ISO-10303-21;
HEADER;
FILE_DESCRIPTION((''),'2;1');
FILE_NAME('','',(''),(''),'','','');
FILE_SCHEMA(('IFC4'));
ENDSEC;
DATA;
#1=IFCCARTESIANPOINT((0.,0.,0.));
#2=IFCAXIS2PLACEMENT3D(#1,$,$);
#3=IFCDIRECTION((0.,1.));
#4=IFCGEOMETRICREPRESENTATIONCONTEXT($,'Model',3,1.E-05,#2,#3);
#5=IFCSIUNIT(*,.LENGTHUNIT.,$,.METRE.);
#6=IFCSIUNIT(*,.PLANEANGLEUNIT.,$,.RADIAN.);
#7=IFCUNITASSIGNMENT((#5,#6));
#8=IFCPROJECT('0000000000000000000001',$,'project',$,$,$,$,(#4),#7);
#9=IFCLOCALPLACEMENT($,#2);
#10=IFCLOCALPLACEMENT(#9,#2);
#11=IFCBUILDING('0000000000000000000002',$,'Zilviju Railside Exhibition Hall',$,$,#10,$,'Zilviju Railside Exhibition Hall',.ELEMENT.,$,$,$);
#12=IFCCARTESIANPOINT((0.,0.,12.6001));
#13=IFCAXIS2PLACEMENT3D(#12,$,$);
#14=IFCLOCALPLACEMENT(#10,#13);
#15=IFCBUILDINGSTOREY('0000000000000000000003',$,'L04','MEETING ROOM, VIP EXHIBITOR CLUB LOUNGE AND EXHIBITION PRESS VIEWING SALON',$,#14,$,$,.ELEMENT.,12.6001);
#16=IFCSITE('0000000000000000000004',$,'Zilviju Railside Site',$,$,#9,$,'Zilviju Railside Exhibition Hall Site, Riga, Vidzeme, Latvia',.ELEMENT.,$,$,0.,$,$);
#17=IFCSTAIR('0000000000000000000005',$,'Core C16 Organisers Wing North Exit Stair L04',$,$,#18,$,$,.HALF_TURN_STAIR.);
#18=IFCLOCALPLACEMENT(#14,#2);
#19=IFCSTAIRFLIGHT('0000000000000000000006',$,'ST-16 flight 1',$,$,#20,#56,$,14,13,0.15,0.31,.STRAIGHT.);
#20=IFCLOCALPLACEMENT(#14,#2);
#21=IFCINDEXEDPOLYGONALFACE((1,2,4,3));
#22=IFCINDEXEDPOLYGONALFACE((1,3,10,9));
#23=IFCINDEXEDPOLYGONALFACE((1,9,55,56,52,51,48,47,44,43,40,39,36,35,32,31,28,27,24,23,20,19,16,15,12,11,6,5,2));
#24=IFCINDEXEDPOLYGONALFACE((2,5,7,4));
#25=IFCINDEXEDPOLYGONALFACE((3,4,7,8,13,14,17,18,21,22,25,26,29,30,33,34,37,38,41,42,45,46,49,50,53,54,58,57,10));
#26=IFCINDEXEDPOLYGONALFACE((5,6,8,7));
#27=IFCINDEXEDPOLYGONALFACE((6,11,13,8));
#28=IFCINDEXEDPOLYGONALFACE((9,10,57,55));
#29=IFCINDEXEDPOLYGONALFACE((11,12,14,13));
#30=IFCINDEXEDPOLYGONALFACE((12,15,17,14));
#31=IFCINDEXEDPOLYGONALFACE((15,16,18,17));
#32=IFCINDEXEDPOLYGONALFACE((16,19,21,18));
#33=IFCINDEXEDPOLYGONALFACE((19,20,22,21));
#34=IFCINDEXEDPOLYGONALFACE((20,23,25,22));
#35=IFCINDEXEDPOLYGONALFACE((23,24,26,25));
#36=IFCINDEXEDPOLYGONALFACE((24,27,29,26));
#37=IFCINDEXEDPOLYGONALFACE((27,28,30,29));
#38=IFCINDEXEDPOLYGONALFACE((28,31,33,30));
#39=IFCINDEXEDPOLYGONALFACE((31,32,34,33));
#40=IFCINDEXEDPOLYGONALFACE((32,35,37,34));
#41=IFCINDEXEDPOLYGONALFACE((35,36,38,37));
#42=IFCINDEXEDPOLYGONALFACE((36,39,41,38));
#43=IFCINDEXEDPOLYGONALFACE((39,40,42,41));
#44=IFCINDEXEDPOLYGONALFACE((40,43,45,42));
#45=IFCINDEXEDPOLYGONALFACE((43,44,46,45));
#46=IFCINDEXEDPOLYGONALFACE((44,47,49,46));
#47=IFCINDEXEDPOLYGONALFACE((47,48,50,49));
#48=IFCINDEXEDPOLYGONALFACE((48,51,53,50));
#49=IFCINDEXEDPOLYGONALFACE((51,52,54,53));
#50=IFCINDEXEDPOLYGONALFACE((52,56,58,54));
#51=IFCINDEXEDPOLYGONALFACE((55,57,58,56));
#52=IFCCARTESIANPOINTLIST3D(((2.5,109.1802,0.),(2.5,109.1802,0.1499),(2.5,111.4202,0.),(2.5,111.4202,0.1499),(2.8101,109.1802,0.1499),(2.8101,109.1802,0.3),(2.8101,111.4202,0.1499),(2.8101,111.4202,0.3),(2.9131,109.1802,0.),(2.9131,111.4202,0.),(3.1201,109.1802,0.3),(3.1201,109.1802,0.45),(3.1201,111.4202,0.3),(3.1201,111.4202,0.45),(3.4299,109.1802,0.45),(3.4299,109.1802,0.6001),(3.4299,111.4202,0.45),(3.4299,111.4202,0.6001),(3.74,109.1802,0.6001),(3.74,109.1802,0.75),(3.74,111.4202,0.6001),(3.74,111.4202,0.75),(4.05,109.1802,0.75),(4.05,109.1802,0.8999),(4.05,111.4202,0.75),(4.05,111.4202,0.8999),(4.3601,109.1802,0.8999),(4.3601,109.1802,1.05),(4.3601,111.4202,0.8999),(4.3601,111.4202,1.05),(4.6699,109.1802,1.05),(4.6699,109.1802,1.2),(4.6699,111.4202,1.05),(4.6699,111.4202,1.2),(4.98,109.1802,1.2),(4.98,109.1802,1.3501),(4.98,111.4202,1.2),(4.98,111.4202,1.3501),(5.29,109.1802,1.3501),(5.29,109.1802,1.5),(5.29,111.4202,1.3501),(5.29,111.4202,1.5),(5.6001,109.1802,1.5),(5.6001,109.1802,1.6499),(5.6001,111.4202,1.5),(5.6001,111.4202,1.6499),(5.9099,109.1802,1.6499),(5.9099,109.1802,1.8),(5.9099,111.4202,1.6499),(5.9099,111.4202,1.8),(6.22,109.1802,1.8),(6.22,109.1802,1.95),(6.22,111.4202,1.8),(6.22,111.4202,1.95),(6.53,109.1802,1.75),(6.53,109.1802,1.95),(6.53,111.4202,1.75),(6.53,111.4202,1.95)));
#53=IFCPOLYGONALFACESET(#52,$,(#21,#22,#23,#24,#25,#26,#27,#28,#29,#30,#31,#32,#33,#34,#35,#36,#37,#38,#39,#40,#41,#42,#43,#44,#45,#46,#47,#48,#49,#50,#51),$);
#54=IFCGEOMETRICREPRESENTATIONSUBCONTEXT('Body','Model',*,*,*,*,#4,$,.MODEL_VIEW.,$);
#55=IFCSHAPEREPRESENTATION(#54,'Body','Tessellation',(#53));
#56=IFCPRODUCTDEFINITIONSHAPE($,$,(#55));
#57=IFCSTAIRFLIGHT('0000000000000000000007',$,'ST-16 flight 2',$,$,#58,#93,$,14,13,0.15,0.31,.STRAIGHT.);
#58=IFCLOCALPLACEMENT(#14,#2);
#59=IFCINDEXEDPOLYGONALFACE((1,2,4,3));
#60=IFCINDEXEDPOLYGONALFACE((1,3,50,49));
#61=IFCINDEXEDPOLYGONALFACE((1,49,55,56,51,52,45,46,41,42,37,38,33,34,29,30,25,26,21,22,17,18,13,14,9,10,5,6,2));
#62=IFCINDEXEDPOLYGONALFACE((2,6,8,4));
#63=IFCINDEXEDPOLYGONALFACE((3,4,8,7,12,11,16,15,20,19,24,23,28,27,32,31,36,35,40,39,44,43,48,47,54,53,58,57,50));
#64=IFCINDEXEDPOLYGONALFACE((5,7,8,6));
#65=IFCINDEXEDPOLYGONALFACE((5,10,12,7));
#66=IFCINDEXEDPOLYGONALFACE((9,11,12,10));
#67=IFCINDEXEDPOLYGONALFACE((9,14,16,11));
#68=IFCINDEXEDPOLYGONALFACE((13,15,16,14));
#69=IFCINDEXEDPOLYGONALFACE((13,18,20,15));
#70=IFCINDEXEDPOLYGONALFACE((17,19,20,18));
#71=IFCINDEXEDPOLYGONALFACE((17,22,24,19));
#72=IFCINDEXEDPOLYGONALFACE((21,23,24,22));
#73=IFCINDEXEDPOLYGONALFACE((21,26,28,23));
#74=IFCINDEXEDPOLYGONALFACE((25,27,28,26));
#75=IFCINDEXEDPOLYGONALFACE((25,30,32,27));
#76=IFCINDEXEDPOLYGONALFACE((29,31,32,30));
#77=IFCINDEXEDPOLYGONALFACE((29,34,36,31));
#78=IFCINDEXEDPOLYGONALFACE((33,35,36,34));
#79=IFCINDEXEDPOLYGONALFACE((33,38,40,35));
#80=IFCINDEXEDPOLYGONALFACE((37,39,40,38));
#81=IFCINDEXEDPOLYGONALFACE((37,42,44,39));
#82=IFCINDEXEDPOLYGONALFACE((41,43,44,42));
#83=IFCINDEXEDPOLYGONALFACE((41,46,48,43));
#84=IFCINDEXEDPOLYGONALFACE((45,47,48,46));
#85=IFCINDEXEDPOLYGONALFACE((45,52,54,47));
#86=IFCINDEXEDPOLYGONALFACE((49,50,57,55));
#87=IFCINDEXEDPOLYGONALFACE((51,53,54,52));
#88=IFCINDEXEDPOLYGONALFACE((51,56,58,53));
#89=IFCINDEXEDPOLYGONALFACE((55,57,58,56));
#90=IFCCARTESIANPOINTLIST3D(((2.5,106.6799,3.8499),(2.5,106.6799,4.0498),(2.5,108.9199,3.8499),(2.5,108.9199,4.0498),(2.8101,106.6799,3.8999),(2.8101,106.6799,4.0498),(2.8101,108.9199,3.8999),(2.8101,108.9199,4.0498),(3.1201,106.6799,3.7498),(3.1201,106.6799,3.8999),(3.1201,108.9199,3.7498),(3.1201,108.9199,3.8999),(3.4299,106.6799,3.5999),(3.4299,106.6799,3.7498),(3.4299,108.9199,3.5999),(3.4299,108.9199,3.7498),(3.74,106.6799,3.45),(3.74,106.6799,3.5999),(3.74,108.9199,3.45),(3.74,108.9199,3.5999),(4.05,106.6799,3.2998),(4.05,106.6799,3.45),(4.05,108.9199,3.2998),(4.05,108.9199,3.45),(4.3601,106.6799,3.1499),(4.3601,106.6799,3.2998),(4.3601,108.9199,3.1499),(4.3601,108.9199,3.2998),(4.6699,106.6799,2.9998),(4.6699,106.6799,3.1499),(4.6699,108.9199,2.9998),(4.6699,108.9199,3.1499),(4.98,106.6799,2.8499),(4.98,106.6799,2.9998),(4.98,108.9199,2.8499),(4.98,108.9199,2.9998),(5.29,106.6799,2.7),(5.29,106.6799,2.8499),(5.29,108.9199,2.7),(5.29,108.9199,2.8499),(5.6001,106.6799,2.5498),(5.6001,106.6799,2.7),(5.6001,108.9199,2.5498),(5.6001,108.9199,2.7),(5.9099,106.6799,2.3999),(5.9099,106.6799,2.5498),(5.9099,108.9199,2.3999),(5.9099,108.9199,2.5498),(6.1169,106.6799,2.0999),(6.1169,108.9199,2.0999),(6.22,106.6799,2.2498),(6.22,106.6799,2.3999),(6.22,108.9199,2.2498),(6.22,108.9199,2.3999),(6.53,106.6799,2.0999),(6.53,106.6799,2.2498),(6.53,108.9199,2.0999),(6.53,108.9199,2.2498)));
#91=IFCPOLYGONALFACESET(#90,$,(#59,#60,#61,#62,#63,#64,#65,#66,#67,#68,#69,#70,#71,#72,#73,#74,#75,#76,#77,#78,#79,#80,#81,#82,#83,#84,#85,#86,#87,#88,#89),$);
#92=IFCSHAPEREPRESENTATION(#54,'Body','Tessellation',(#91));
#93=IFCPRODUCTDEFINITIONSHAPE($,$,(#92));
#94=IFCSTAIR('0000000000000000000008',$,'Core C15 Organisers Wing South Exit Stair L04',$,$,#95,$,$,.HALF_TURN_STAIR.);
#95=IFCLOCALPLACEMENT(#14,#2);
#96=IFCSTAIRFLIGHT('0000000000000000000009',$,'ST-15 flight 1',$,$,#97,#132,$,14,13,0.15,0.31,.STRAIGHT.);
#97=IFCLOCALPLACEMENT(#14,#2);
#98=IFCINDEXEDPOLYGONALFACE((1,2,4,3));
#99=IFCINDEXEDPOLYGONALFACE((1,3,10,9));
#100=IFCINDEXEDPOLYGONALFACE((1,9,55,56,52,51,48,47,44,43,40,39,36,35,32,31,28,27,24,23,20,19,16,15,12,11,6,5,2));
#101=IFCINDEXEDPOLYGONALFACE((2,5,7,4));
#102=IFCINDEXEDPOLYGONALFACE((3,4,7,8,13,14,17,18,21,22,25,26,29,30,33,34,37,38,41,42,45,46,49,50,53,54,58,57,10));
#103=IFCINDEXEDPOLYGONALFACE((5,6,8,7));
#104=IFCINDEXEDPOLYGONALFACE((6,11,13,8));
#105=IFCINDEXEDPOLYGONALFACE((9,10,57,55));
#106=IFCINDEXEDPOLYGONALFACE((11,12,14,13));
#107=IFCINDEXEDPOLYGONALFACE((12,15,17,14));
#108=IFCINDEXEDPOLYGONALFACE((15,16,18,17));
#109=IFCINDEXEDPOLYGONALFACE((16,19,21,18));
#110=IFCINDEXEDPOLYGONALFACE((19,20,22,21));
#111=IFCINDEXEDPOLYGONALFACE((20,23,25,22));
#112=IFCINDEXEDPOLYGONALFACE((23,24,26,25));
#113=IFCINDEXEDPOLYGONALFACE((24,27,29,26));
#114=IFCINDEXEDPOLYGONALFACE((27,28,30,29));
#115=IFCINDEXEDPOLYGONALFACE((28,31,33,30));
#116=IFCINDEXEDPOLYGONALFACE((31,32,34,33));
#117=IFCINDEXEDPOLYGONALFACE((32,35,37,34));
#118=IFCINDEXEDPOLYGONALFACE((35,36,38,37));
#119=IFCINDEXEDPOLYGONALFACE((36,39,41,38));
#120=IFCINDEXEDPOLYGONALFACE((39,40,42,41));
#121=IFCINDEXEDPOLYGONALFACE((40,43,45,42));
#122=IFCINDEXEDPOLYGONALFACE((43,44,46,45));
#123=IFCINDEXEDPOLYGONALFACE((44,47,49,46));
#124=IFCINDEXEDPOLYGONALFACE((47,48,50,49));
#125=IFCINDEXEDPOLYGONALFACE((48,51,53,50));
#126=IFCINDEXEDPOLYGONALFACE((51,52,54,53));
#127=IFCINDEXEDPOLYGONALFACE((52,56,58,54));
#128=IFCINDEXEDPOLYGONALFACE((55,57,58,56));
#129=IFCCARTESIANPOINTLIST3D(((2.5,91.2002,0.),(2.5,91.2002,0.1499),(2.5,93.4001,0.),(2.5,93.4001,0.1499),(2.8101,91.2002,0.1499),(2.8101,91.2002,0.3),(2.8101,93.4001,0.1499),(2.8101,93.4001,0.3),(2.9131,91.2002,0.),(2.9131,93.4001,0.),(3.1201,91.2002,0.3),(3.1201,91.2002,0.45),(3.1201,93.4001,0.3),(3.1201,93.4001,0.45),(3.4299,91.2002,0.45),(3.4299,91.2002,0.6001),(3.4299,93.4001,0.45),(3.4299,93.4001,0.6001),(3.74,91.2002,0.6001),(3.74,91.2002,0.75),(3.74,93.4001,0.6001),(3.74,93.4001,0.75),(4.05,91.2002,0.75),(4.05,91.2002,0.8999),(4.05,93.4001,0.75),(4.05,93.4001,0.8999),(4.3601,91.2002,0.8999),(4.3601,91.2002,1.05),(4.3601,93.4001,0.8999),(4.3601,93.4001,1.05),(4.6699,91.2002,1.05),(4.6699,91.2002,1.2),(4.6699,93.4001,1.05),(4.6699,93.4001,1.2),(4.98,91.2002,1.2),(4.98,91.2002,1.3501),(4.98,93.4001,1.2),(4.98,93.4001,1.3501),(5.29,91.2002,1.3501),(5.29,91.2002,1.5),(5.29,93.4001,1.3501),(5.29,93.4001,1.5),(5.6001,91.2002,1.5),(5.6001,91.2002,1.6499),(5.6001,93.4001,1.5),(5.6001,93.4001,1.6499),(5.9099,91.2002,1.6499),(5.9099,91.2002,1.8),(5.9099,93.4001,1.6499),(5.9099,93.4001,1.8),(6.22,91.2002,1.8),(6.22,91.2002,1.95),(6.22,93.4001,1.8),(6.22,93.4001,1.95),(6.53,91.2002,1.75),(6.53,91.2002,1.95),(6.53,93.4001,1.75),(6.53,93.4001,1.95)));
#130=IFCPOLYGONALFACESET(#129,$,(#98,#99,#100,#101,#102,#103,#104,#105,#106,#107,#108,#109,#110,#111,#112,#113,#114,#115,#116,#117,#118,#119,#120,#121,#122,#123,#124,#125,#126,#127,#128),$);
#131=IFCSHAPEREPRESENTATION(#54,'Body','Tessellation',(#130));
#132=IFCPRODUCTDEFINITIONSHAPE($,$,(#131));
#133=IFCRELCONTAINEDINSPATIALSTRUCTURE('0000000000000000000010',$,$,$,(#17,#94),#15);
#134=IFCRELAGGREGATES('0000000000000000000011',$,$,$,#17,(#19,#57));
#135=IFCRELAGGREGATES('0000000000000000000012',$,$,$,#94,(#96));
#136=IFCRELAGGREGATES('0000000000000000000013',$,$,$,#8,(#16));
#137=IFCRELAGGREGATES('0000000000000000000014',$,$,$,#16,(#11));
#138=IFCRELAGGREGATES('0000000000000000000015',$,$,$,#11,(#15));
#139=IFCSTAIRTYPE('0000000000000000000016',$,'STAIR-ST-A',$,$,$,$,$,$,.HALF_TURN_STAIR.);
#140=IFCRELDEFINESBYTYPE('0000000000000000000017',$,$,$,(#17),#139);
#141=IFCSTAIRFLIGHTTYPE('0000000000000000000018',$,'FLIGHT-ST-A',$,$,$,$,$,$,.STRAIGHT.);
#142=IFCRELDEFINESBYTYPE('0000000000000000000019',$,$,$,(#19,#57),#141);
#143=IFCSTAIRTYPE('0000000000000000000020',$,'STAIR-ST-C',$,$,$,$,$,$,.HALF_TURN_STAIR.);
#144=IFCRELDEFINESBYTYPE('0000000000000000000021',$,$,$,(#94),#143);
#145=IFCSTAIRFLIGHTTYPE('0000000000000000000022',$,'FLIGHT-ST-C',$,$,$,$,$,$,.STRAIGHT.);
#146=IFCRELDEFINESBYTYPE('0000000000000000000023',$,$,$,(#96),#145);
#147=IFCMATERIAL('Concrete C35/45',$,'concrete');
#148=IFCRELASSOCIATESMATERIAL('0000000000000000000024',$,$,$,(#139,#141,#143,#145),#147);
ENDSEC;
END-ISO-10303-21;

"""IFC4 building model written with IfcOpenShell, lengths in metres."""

from ifc_helpers import new_model, si_unit, direction, frame, origin, place, context, subcontext, project, spatial, polyline, outline, extrude, material, type_object, element, aggregate, save


model = new_model("IFC4")

# Units and contexts
model_context = context("Model", 3, precision=1e-05, world=origin(), true_north=direction((0.0, 1.0)))
body_context = subcontext(model_context, "Body", "Model", "MODEL_VIEW")
ifc_project = project(units=[si_unit("LENGTHUNIT", "METRE"), si_unit("PLANEANGLEUNIT", "RADIAN")], contexts=[model_context])

# Site, building, storey
site_placement = place(None, origin())
site = spatial("IfcSite", under=ifc_project, at=site_placement, Name="Zilviju Railside Site", LongName="Zilviju Railside Exhibition Hall Site, Riga, Vidzeme, Latvia", CompositionType="ELEMENT", RefElevation=0.0)
building_placement = place(site_placement, origin())
building = spatial("IfcBuilding", under=site, at=building_placement, Name="Zilviju Railside Exhibition Hall", LongName="Zilviju Railside Exhibition Hall", CompositionType="ELEMENT")
storey_placement = place(building_placement, frame((0.0, 0.0, 12.6001)))
storey = spatial("IfcBuildingStorey", under=building, at=storey_placement, Name="L04", Description="MEETING ROOM, VIP EXHIBITOR CLUB LOUNGE AND EXHIBITION PRESS VIEWING SALON", CompositionType="ELEMENT", Elevation=12.6001)

# Shared definitions
ifc_material_1 = material(Name="Concrete C35/45", Category="concrete")

# Stair, stair flights
stair_type_1 = type_object("IfcStairType", Name="STAIR-ST-A", PredefinedType="HALF_TURN_STAIR", material=ifc_material_1)
stair_1_placement = place(storey_placement, origin())
stair_1 = element("IfcStair", 1, at=stair_1_placement, inside=storey, type_object=stair_type_1, Name="Core C16 Organisers Wing North Exit Stair L04", PredefinedType="HALF_TURN_STAIR")
stair_flight_type_1 = type_object("IfcStairFlightType", Name="FLIGHT-ST-A", PredefinedType="STRAIGHT", material=ifc_material_1)
stair_flight_1_placement = place(storey_placement, frame((2.5, 110.3, 0.0), z_axis=(0.0, 0.0, 1.0), x_axis=(1.0, 0.0, 0.0)))
stair_flight_1 = element("IfcStairFlight", 2, at=stair_flight_1_placement, type_object=stair_flight_type_1, Name="ST-16 flight 1", NumberOfRisers=14, NumberOfTreads=13, PredefinedType="STRAIGHT", RiserHeight=0.15, TreadLength=0.31, context=body_context, shape_type="SweptSolid", body=[
    extrude(outline(polyline([(0.0, 0.0), (0.0, 0.1499), (0.3101, 0.1499), (0.3101, 0.3), (0.6201, 0.3), (0.6201, 0.45), (0.9299, 0.45), (0.9299, 0.6001), (1.24, 0.6001), (1.24, 0.75), (1.55, 0.75), (1.55, 0.8999), (1.8601, 0.8999), (1.8601, 1.05), (2.1699, 1.05), (2.1699, 1.2), (2.48, 1.2), (2.48, 1.3501), (2.79, 1.3501), (2.79, 1.5), (3.1001, 1.5), (3.1001, 1.6499), (3.4099, 1.6499), (3.4099, 1.8), (3.72, 1.8), (3.72, 1.95), (4.03, 1.95), (4.03, 2.1001), (4.03, 1.75), (0.4131, 0.0), (0.0, 0.0)])), frame((0.0, 1.1201, 0.0), z_axis=(0.0, -1.0, 0.0), x_axis=(1.0, 0.0, 0.0)), (0.0, 0.0, 1.0), 2.24),
])
stair_flight_2_placement = place(storey_placement, frame((6.53, 107.8, 2.0999), z_axis=(0.0, 0.0, 1.0), x_axis=(-1.0, 0.0, 0.0)))
stair_flight_2 = element("IfcStairFlight", 3, at=stair_flight_2_placement, type_object=stair_flight_type_1, Name="ST-16 flight 2", NumberOfRisers=14, NumberOfTreads=13, PredefinedType="STRAIGHT", RiserHeight=0.15, TreadLength=0.31, context=body_context, shape_type="SweptSolid", body=[
    extrude(outline(polyline([(0.0, 0.0), (0.0, 0.1499), (0.3101, 0.1499), (0.3101, 0.3), (0.6201, 0.3), (0.6201, 0.45), (0.9299, 0.45), (0.9299, 0.6001), (1.24, 0.6001), (1.24, 0.75), (1.55, 0.75), (1.55, 0.8999), (1.8601, 0.8999), (1.8601, 1.05), (2.1699, 1.05), (2.1699, 1.2), (2.48, 1.2), (2.48, 1.3501), (2.79, 1.3501), (2.79, 1.5), (3.1001, 1.5), (3.1001, 1.6499), (3.4099, 1.6499), (3.4099, 1.8), (3.72, 1.8), (3.72, 1.95), (4.03, 1.95), (4.03, 2.1001), (4.03, 1.75), (0.4131, 0.0), (0.0, 0.0)])), frame((0.0, 1.1201, 0.0), z_axis=(0.0, -1.0, 0.0), x_axis=(1.0, 0.0, 0.0)), (0.0, 0.0, 1.0), 2.24),
])
aggregate(stair_1, [stair_flight_1, stair_flight_2])

# Stair, stair flight
stair_type_2 = type_object("IfcStairType", Name="STAIR-ST-C", PredefinedType="HALF_TURN_STAIR", material=ifc_material_1)
stair_2_placement = place(storey_placement, origin())
stair_2 = element("IfcStair", 4, at=stair_2_placement, inside=storey, type_object=stair_type_2, Name="Core C15 Organisers Wing South Exit Stair L04", PredefinedType="HALF_TURN_STAIR")
stair_flight_type_2 = type_object("IfcStairFlightType", Name="FLIGHT-ST-C", PredefinedType="STRAIGHT", material=ifc_material_1)
stair_flight_3_placement = place(storey_placement, frame((2.5, 92.3, 0.0), z_axis=(0.0, 0.0, 1.0), x_axis=(1.0, 0.0, 0.0)))
stair_flight_3 = element("IfcStairFlight", 5, at=stair_flight_3_placement, type_object=stair_flight_type_2, Name="ST-15 flight 1", NumberOfRisers=14, NumberOfTreads=13, PredefinedType="STRAIGHT", RiserHeight=0.15, TreadLength=0.31, context=body_context, shape_type="SweptSolid", body=[
    extrude(outline(polyline([(0.0, 0.0), (0.0, 0.1499), (0.3101, 0.1499), (0.3101, 0.3), (0.6201, 0.3), (0.6201, 0.45), (0.9299, 0.45), (0.9299, 0.6001), (1.24, 0.6001), (1.24, 0.75), (1.55, 0.75), (1.55, 0.8999), (1.8601, 0.8999), (1.8601, 1.05), (2.1699, 1.05), (2.1699, 1.2), (2.48, 1.2), (2.48, 1.3501), (2.79, 1.3501), (2.79, 1.5), (3.1001, 1.5), (3.1001, 1.6499), (3.4099, 1.6499), (3.4099, 1.8), (3.72, 1.8), (3.72, 1.95), (4.03, 1.95), (4.03, 2.1001), (4.03, 1.75), (0.4131, 0.0), (0.0, 0.0)])), frame((0.0, 1.1001, 0.0), z_axis=(0.0, -1.0, 0.0), x_axis=(1.0, 0.0, 0.0)), (0.0, 0.0, 1.0), 2.2),
])
aggregate(stair_2, [stair_flight_3])

save(model, "model.ifc")
